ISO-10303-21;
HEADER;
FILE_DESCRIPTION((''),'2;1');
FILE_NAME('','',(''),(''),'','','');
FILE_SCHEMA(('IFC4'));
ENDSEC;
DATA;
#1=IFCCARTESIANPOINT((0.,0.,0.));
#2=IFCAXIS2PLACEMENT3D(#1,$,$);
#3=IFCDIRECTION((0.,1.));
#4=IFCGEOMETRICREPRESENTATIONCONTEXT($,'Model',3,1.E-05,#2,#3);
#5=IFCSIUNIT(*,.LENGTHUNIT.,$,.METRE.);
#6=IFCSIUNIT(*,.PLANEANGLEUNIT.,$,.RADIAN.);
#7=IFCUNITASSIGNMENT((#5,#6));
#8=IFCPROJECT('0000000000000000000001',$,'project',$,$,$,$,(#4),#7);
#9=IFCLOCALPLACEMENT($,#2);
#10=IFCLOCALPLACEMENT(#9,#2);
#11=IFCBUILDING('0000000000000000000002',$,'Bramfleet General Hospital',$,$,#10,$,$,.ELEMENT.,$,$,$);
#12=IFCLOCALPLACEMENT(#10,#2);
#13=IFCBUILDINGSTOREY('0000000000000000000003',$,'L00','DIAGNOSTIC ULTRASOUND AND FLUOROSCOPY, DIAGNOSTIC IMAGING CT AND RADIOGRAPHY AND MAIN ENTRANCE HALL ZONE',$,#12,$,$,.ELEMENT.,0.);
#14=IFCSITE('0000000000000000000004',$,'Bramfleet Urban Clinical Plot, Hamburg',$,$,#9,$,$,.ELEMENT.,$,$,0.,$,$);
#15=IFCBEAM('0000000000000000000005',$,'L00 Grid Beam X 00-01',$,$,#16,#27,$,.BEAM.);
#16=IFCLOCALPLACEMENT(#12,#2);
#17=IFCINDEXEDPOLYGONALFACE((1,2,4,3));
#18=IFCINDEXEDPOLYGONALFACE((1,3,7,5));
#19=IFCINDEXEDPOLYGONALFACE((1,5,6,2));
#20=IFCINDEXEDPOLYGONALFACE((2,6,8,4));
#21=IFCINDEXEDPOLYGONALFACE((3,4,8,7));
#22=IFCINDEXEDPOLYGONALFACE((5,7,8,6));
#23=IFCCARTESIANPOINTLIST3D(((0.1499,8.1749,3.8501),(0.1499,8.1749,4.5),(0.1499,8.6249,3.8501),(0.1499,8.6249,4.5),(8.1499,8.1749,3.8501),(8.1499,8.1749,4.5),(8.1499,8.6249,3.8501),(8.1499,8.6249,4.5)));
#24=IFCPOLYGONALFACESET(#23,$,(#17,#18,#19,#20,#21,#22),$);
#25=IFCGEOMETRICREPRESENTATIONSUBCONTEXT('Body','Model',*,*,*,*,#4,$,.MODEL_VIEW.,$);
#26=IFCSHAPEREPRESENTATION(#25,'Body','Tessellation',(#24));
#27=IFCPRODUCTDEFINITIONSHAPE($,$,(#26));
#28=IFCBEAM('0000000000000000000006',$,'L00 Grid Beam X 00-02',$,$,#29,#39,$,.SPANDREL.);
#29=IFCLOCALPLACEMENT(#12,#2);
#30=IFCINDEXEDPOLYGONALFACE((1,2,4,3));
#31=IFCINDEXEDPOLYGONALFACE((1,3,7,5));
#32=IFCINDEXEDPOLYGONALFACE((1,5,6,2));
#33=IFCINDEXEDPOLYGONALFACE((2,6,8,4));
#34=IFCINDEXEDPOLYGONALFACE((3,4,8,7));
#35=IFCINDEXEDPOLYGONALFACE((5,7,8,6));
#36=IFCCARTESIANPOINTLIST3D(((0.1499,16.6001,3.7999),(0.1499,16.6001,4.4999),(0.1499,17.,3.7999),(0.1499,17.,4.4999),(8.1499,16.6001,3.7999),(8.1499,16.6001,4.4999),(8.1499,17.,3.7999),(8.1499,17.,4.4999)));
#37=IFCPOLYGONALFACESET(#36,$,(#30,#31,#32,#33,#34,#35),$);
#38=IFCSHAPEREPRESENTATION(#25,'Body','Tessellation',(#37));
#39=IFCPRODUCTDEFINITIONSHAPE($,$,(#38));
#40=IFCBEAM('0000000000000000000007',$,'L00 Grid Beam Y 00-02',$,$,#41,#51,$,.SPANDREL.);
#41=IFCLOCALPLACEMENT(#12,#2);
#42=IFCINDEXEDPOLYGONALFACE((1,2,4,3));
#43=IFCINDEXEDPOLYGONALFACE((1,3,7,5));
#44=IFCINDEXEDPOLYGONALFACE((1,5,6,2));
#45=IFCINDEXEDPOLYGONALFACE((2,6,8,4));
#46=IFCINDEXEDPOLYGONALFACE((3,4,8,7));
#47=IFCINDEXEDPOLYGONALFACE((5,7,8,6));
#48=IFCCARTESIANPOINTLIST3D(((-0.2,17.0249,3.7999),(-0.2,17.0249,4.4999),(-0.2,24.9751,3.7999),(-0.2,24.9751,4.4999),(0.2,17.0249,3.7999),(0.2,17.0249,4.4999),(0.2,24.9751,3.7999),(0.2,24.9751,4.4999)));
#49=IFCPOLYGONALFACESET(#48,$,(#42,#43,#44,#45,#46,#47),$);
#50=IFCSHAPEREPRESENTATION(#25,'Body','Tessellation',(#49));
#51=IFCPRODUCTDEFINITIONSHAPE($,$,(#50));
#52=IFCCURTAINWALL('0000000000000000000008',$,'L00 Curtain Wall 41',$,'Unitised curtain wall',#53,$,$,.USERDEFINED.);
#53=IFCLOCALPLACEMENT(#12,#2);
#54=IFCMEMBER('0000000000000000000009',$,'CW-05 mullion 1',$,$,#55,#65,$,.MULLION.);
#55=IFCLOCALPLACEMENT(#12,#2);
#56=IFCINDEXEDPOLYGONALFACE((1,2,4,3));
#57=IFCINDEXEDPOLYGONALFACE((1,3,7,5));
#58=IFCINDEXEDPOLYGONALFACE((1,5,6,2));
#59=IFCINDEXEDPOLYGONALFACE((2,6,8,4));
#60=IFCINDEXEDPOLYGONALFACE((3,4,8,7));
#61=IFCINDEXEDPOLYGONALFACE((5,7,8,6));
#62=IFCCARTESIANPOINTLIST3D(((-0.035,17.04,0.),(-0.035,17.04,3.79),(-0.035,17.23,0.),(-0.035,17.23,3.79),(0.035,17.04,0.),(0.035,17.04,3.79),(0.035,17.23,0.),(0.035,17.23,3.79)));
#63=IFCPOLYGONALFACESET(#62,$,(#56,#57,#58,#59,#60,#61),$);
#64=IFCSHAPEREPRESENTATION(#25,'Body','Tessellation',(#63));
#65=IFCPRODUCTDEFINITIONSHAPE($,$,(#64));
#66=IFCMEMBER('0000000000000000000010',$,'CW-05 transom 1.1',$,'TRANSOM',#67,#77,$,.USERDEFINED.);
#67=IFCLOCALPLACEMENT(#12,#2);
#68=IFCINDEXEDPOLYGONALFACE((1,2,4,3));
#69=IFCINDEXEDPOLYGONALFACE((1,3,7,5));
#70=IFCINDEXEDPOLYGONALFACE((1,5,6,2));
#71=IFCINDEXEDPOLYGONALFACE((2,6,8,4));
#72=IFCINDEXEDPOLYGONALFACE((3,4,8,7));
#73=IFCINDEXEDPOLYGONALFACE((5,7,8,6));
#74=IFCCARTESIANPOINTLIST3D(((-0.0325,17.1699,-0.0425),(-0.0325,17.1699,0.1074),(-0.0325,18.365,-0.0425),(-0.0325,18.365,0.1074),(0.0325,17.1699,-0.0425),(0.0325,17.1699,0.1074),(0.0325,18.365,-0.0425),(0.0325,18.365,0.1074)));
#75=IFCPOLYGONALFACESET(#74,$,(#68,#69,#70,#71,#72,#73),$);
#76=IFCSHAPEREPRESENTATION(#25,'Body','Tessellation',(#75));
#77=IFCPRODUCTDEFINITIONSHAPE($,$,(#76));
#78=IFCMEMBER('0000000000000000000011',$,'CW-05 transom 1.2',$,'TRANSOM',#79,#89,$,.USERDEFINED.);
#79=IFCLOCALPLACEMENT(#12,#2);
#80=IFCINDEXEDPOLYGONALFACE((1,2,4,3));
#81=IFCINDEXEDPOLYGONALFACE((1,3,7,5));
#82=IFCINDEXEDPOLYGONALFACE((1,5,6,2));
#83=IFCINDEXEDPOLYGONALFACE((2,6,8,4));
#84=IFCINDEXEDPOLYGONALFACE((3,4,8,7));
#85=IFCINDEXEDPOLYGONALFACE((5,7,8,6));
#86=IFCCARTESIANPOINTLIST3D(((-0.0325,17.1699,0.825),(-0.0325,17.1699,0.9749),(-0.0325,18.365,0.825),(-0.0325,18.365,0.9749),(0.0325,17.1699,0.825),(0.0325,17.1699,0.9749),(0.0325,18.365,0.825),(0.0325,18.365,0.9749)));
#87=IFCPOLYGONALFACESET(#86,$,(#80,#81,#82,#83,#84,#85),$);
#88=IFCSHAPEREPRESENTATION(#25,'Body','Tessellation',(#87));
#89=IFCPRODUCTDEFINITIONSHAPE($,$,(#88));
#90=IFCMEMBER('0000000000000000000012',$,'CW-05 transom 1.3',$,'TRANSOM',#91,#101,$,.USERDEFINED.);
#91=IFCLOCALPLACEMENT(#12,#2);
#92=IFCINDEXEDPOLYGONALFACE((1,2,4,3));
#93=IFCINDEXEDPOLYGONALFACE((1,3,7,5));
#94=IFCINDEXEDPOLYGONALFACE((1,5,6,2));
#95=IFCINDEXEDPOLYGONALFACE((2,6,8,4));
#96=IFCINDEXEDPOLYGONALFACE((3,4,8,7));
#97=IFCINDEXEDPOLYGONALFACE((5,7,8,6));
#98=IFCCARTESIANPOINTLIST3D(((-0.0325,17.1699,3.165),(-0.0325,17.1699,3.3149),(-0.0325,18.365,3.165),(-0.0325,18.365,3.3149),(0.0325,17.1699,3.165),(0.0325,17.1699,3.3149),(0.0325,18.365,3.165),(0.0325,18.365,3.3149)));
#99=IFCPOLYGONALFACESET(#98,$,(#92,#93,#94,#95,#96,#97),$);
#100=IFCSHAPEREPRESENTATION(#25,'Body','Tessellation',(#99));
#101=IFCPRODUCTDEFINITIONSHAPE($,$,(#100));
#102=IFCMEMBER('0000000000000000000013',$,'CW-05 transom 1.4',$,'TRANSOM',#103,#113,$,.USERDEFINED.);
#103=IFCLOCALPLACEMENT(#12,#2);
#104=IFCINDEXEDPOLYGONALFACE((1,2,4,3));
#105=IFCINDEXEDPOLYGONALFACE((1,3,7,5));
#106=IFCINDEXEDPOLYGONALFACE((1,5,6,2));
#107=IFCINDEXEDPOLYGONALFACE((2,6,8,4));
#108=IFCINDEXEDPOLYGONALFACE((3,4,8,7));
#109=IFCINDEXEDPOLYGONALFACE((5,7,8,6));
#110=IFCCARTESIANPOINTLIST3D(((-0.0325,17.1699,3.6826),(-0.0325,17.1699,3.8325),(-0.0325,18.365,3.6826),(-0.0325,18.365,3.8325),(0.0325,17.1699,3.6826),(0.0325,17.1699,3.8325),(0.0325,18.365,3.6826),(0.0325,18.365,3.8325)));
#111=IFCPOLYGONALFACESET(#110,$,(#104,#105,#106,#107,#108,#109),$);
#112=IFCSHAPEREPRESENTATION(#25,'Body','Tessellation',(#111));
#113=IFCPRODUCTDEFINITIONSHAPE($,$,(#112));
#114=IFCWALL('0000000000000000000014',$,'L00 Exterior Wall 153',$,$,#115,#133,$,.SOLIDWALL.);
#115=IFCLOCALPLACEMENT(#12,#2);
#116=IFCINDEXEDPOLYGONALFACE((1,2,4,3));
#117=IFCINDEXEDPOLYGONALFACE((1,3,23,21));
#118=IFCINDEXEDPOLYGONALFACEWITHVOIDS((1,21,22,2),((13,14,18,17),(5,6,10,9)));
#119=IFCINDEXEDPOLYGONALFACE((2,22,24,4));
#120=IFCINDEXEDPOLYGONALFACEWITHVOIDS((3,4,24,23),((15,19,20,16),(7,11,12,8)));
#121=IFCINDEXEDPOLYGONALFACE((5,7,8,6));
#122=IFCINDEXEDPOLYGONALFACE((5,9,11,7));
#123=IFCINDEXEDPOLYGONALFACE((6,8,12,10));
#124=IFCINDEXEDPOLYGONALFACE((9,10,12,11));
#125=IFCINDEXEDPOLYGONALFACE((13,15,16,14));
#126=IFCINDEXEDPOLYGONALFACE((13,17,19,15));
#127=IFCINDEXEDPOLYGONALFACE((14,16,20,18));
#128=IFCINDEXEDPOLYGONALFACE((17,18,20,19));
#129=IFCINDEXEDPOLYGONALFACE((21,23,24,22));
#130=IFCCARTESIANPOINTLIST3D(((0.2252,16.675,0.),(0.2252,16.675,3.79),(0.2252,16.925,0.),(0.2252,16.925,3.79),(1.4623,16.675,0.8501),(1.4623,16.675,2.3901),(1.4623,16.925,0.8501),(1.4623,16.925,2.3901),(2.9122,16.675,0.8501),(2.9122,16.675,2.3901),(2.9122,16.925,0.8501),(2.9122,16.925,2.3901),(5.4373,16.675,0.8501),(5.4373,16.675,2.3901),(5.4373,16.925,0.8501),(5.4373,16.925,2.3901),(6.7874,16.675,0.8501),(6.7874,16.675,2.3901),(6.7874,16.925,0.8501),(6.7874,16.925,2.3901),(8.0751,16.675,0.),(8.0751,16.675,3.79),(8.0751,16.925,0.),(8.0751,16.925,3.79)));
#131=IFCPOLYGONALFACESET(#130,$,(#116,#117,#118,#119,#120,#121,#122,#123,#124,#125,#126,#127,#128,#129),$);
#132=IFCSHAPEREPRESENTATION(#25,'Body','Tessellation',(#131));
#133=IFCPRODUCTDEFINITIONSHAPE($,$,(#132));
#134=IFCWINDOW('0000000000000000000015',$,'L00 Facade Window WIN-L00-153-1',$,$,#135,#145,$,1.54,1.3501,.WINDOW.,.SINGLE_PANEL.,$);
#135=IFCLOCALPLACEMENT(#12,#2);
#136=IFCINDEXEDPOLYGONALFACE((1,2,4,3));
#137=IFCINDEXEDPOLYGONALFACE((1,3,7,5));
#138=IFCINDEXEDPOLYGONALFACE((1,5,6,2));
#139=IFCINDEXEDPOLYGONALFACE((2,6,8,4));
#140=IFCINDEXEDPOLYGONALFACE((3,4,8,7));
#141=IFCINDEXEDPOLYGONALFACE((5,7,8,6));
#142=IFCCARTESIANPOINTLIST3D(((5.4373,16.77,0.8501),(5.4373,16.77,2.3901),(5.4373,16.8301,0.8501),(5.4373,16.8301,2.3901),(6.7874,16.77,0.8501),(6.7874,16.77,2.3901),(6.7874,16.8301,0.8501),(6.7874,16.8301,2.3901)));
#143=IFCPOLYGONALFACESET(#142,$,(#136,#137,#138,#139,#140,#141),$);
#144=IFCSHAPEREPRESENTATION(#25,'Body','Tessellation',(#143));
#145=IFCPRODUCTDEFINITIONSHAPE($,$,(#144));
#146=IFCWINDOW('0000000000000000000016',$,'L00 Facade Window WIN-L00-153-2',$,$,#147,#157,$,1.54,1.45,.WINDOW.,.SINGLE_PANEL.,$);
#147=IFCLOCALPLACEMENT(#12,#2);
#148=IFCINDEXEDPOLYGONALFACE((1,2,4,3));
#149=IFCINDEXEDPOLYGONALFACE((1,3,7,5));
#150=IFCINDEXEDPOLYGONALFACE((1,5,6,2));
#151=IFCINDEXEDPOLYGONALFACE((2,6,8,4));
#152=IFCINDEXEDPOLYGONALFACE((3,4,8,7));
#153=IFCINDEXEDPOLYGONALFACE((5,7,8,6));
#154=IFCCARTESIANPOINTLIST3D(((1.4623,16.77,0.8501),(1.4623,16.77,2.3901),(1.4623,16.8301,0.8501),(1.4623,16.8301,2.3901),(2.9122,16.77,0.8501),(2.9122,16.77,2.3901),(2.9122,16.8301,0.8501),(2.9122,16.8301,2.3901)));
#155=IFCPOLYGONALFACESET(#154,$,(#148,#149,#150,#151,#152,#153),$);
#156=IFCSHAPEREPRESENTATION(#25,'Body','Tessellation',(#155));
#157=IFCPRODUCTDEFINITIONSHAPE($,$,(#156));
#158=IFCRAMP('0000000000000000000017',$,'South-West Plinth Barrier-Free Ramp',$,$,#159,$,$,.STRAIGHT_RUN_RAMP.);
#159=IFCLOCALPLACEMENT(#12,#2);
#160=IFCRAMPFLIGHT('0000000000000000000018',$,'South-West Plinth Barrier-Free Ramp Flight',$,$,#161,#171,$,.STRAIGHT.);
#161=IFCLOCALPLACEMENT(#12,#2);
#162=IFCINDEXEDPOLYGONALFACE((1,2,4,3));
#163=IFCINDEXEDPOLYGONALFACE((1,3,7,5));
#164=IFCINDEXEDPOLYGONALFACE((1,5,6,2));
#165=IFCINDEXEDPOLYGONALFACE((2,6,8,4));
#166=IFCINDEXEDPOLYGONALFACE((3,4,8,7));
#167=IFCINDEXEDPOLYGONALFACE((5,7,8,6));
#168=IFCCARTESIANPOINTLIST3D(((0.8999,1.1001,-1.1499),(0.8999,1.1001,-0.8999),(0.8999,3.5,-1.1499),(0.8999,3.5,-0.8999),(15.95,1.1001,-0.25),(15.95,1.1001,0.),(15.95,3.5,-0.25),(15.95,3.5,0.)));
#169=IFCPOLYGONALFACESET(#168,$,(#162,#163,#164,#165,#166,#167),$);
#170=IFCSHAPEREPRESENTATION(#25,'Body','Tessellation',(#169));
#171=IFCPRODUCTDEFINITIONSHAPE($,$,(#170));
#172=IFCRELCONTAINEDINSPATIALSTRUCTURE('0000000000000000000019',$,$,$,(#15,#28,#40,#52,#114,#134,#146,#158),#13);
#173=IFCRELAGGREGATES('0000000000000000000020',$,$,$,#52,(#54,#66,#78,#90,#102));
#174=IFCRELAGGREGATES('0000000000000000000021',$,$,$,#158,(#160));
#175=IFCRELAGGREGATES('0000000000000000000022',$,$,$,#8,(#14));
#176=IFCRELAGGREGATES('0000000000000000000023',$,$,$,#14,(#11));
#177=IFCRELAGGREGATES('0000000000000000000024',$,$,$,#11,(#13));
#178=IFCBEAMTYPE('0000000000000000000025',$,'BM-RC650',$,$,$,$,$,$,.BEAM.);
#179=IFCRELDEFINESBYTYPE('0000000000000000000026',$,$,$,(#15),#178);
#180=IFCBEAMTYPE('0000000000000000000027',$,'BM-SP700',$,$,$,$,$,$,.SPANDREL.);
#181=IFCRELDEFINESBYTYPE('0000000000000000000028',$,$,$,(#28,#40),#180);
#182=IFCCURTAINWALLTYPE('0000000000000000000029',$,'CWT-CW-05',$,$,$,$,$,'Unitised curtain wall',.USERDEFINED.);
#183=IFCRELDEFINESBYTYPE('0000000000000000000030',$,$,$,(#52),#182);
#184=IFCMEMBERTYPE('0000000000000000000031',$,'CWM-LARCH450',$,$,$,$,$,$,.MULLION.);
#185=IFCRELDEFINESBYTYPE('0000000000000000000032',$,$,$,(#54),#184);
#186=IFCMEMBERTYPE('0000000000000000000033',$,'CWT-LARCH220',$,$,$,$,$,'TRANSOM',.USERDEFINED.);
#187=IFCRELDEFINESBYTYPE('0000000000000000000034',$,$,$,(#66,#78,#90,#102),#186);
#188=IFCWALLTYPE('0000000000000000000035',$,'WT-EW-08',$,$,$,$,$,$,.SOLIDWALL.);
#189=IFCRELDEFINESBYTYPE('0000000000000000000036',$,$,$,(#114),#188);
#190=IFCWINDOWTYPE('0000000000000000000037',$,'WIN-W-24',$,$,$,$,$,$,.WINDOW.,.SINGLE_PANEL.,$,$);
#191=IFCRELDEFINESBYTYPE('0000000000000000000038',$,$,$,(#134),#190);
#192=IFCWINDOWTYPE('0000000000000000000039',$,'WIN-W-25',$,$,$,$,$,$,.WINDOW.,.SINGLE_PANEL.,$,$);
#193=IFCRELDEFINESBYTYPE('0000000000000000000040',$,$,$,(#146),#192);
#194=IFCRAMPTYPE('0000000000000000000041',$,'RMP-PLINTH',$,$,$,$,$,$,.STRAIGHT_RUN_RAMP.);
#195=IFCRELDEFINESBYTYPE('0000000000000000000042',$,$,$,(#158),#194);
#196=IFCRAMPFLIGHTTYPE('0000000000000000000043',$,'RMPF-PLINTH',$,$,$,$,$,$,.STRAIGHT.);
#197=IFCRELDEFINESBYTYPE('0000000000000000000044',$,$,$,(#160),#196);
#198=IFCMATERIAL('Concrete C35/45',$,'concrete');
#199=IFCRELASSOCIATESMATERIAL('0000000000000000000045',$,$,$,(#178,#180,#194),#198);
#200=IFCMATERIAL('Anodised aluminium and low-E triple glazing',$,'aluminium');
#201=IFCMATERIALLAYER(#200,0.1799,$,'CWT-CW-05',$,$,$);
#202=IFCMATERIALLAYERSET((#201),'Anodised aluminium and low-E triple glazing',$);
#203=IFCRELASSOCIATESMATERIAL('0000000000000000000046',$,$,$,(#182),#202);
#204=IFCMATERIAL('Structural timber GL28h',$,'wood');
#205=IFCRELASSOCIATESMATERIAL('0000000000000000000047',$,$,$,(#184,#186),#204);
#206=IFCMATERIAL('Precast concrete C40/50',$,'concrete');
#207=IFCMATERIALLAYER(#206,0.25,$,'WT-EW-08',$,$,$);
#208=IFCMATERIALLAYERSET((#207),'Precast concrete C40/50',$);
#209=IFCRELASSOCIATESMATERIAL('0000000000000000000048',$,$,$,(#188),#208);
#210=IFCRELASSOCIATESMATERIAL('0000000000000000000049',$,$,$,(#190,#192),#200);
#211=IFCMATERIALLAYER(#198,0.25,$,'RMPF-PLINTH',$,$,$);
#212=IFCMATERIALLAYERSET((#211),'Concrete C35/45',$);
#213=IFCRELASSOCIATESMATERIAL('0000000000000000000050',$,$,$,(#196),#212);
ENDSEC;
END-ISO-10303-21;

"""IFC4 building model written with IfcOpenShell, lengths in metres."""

from ifc_helpers import new_model, si_unit, direction, frame, frame_2d, origin, origin_2d, place, context, subcontext, project, spatial, polyline, rectangle, outline, extrude, material, layer, layer_set, material_profile, profile_set, type_object, element, fill, aggregate, save


model = new_model("IFC4")

# Units and contexts
model_context = context("Model", 3, precision=1e-05, world=origin(), true_north=direction((0.0, 1.0)))
body_context = subcontext(model_context, "Body", "Model", "MODEL_VIEW")
ifc_project = project(units=[si_unit("LENGTHUNIT", "METRE"), si_unit("PLANEANGLEUNIT", "RADIAN")], contexts=[model_context])

# Site, building, storey
site_placement = place(None, origin())
site = spatial("IfcSite", under=ifc_project, at=site_placement, Name="Bramfleet Urban Clinical Plot, Hamburg", CompositionType="ELEMENT", RefElevation=0.0)
building_placement = place(site_placement, origin())
building = spatial("IfcBuilding", under=site, at=building_placement, Name="Bramfleet General Hospital", CompositionType="ELEMENT")
storey_placement = place(building_placement, origin())
storey = spatial("IfcBuildingStorey", under=building, at=storey_placement, Name="L00", Description="DIAGNOSTIC ULTRASOUND AND FLUOROSCOPY, DIAGNOSTIC IMAGING CT AND RADIOGRAPHY AND MAIN ENTRANCE HALL ZONE", CompositionType="ELEMENT", Elevation=0.0)

# Beams
ifc_material_1 = material(Name="Concrete C35/45", Category="concrete")
ifc_material_profile_1 = material_profile(ifc_material_1, rectangle(XDim=0.45, YDim=0.6499, at=origin_2d()), Name="RC BM 650x450")
ifc_profile_set_1 = profile_set([ifc_material_profile_1], Name="Concrete C35/45")
beam_type_1 = type_object("IfcBeamType", Name="BM-RC650", PredefinedType="BEAM", material=ifc_profile_set_1)
beam_1_placement = place(storey_placement, frame((0.1499, 8.3999, 4.175), z_axis=(1.0, 0.0, 0.0), x_axis=(0.0, 1.0, 0.0)))
element("IfcBeam", 1, at=beam_1_placement, inside=storey, type_object=beam_type_1, Name="L00 Grid Beam X 00-01", PredefinedType="BEAM", context=body_context, shape_type="SweptSolid", body=[
    extrude(rectangle(XDim=0.45, YDim=0.6499, at=origin_2d()), origin(), (0.0, 0.0, 1.0), 8.0),
])
ifc_material_profile_2 = material_profile(ifc_material_1, rectangle(XDim=0.3999, YDim=0.7, at=origin_2d()), Name="RC SP 700x400")
ifc_profile_set_2 = profile_set([ifc_material_profile_2], Name="Concrete C35/45")
beam_type_2 = type_object("IfcBeamType", Name="BM-SP700", PredefinedType="SPANDREL", material=ifc_profile_set_2)
beam_2_placement = place(storey_placement, frame((0.1499, 16.8, 4.1499), z_axis=(1.0, 0.0, 0.0), x_axis=(0.0, 1.0, 0.0)))
element("IfcBeam", 2, at=beam_2_placement, inside=storey, type_object=beam_type_2, Name="L00 Grid Beam X 00-02", PredefinedType="SPANDREL", context=body_context, shape_type="SweptSolid", body=[
    extrude(rectangle(XDim=0.3999, YDim=0.7, at=origin_2d()), origin(), (0.0, 0.0, 1.0), 8.0),
])
beam_3_placement = place(storey_placement, frame((0.0, 17.0249, 4.1499), z_axis=(0.0, 1.0, 0.0), x_axis=(-1.0, 0.0, 0.0)))
element("IfcBeam", 3, at=beam_3_placement, inside=storey, type_object=beam_type_2, Name="L00 Grid Beam Y 00-02", PredefinedType="SPANDREL", context=body_context, shape_type="SweptSolid", body=[
    extrude(rectangle(XDim=0.3999, YDim=0.7, at=origin_2d()), origin(), (0.0, 0.0, 1.0), 7.9502),
])

# Curtain wall, members
ifc_material_2 = material(Name="Anodised aluminium and low-E triple glazing", Category="aluminium")
ifc_layer_1 = layer(ifc_material_2, 0.1799, Name="CWT-CW-05")
ifc_layer_set_1 = layer_set([ifc_layer_1], Name="Anodised aluminium and low-E triple glazing")
curtain_wall_type = type_object("IfcCurtainWallType", Name="CWT-CW-05", ElementType="Unitised curtain wall", PredefinedType="USERDEFINED", material=ifc_layer_set_1)
curtain_wall_placement = place(storey_placement, origin())
curtain_wall = element("IfcCurtainWall", 4, at=curtain_wall_placement, inside=storey, type_object=curtain_wall_type, Name="L00 Curtain Wall 41", ObjectType="Unitised curtain wall", PredefinedType="USERDEFINED")
ifc_material_3 = material(Name="Structural timber GL28h", Category="wood")
ifc_material_profile_3 = material_profile(ifc_material_3, rectangle(XDim=0.0701, YDim=0.1899, at=origin_2d()), Name="LARCH 190x70")
ifc_profile_set_3 = profile_set([ifc_material_profile_3], Name="Structural timber GL28h")
member_type_1 = type_object("IfcMemberType", Name="CWM-LARCH450", PredefinedType="MULLION", material=ifc_profile_set_3)
member_1_placement = place(storey_placement, frame((0.0, 17.135, 0.0), z_axis=(0.0, 0.0, 1.0), x_axis=(-1.0, 0.0, 0.0)))
member_1 = element("IfcMember", 5, at=member_1_placement, type_object=member_type_1, Name="CW-05 mullion 1", PredefinedType="MULLION", context=body_context, shape_type="SweptSolid", body=[
    extrude(rectangle(XDim=0.0701, YDim=0.1899, at=origin_2d()), origin(), (0.0, 0.0, 1.0), 3.79),
])
ifc_material_profile_4 = material_profile(ifc_material_3, rectangle(XDim=0.0649, YDim=0.1499, at=origin_2d()), Name="LARCH 150x65")
ifc_profile_set_4 = profile_set([ifc_material_profile_4], Name="Structural timber GL28h")
member_type_2 = type_object("IfcMemberType", Name="CWT-LARCH220", ElementType="TRANSOM", PredefinedType="USERDEFINED", material=ifc_profile_set_4)
member_2_placement = place(storey_placement, frame((0.0, 17.1699, 0.0325), z_axis=(0.0, 1.0, 0.0), x_axis=(-1.0, 0.0, 0.0)))
member_2 = element("IfcMember", 6, at=member_2_placement, type_object=member_type_2, Name="CW-05 transom 1.1", ObjectType="TRANSOM", PredefinedType="USERDEFINED", context=body_context, shape_type="SweptSolid", body=[
    extrude(rectangle(XDim=0.0649, YDim=0.1499, at=origin_2d()), origin(), (0.0, 0.0, 1.0), 1.1951),
])
member_3_placement = place(storey_placement, frame((0.0, 17.1699, 0.8999), z_axis=(0.0, 1.0, 0.0), x_axis=(-1.0, 0.0, 0.0)))
member_3 = element("IfcMember", 7, at=member_3_placement, type_object=member_type_2, Name="CW-05 transom 1.2", ObjectType="TRANSOM", PredefinedType="USERDEFINED", context=body_context, shape_type="SweptSolid", body=[
    extrude(rectangle(XDim=0.0649, YDim=0.1499, at=origin_2d()), origin(), (0.0, 0.0, 1.0), 1.1951),
])
member_4_placement = place(storey_placement, frame((0.0, 17.1699, 3.24), z_axis=(0.0, 1.0, 0.0), x_axis=(-1.0, 0.0, 0.0)))
member_4 = element("IfcMember", 8, at=member_4_placement, type_object=member_type_2, Name="CW-05 transom 1.3", ObjectType="TRANSOM", PredefinedType="USERDEFINED", context=body_context, shape_type="SweptSolid", body=[
    extrude(rectangle(XDim=0.0649, YDim=0.1499, at=origin_2d()), origin(), (0.0, 0.0, 1.0), 1.1951),
])
member_5_placement = place(storey_placement, frame((0.0, 17.1699, 3.7576), z_axis=(0.0, 1.0, 0.0), x_axis=(-1.0, 0.0, 0.0)))
member_5 = element("IfcMember", 9, at=member_5_placement, type_object=member_type_2, Name="CW-05 transom 1.4", ObjectType="TRANSOM", PredefinedType="USERDEFINED", context=body_context, shape_type="SweptSolid", body=[
    extrude(rectangle(XDim=0.0649, YDim=0.1499, at=origin_2d()), origin(), (0.0, 0.0, 1.0), 1.1951),
])
aggregate(curtain_wall, [member_1, member_2, member_3, member_4, member_5])

# Wall, openings, windows
ifc_material_4 = material(Name="Precast concrete C40/50", Category="concrete")
ifc_layer_2 = layer(ifc_material_4, 0.25, Name="WT-EW-08")
ifc_layer_set_2 = layer_set([ifc_layer_2], Name="Precast concrete C40/50")
wall_type = type_object("IfcWallType", Name="WT-EW-08", PredefinedType="SOLIDWALL", material=ifc_layer_set_2)
wall_placement = place(storey_placement, frame((8.075, 16.8, 0.0), z_axis=(0.0, 0.0, 1.0), x_axis=(-1.0, 0.0, 0.0)))
wall = element("IfcWall", 10, at=wall_placement, inside=storey, type_object=wall_type, Name="L00 Exterior Wall 153", PredefinedType="SOLIDWALL", context=body_context, shape_type="SweptSolid", body=[
    extrude(rectangle(XDim=7.8499, YDim=0.25, at=frame_2d((3.9248, 0.0))), origin(), (0.0, 0.0, 1.0), 3.79),
])
opening_1_placement = place(wall_placement, frame((1.2876, 0.0, 0.8501)))
opening_1 = element("IfcOpeningElement", 11, at=opening_1_placement, cuts=wall, PredefinedType="OPENING", context=body_context, shape_type="SweptSolid", body=[
    extrude(rectangle(XDim=1.3501, YDim=1.54, at=frame_2d((0.675, 0.77))), frame((0.0, 0.135, 0.0), z_axis=(0.0, -1.0, 0.0), x_axis=(1.0, 0.0, 0.0)), (0.0, 0.0, 1.0), 0.27),
])
opening_2_placement = place(wall_placement, frame((5.1626, 0.0, 0.8501)))
opening_2 = element("IfcOpeningElement", 12, at=opening_2_placement, cuts=wall, PredefinedType="OPENING", context=body_context, shape_type="SweptSolid", body=[
    extrude(rectangle(XDim=1.45, YDim=1.54, at=frame_2d((0.7251, 0.77))), frame((0.0, 0.135, 0.0), z_axis=(0.0, -1.0, 0.0), x_axis=(1.0, 0.0, 0.0)), (0.0, 0.0, 1.0), 0.27),
])
window_type_1 = type_object("IfcWindowType", Name="WIN-W-24", PartitioningType="SINGLE_PANEL", PredefinedType="WINDOW", material=ifc_material_2)
window_1_placement = place(opening_1_placement, origin())
window_1 = element("IfcWindow", 13, at=window_1_placement, inside=storey, type_object=window_type_1, Name="L00 Facade Window WIN-L00-153-1", OverallHeight=1.54, OverallWidth=1.3501, PartitioningType="SINGLE_PANEL", PredefinedType="WINDOW", context=body_context, shape_type="SweptSolid", body=[
    extrude(rectangle(XDim=1.3501, YDim=1.54, at=frame_2d((0.675, 0.77))), frame((0.0, 0.03, 0.0), z_axis=(0.0, -1.0, 0.0), x_axis=(1.0, 0.0, 0.0)), (0.0, 0.0, 1.0), 0.0601),
])
fill(opening_1, window_1)
window_type_2 = type_object("IfcWindowType", Name="WIN-W-25", PartitioningType="SINGLE_PANEL", PredefinedType="WINDOW", material=ifc_material_2)
window_2_placement = place(opening_2_placement, origin())
window_2 = element("IfcWindow", 14, at=window_2_placement, inside=storey, type_object=window_type_2, Name="L00 Facade Window WIN-L00-153-2", OverallHeight=1.54, OverallWidth=1.45, PartitioningType="SINGLE_PANEL", PredefinedType="WINDOW", context=body_context, shape_type="SweptSolid", body=[
    extrude(rectangle(XDim=1.45, YDim=1.54, at=frame_2d((0.7251, 0.77))), frame((0.0, 0.03, 0.0), z_axis=(0.0, -1.0, 0.0), x_axis=(1.0, 0.0, 0.0)), (0.0, 0.0, 1.0), 0.0601),
])
fill(opening_2, window_2)

# Ramp, ramp flight
ramp_type = type_object("IfcRampType", Name="RMP-PLINTH", PredefinedType="STRAIGHT_RUN_RAMP", material=ifc_material_1)
ramp_1_placement = place(storey_placement, origin())
ramp_1 = element("IfcRamp", 15, at=ramp_1_placement, inside=storey, type_object=ramp_type, Name="South-West Plinth Barrier-Free Ramp", PredefinedType="STRAIGHT_RUN_RAMP")
ifc_layer_3 = layer(ifc_material_1, 0.25, Name="RMPF-PLINTH")
ifc_layer_set_3 = layer_set([ifc_layer_3], Name="Concrete C35/45")
ramp_flight_type = type_object("IfcRampFlightType", Name="RMPF-PLINTH", PredefinedType="STRAIGHT", material=ifc_layer_set_3)
ramp_flight_1_placement = place(storey_placement, frame((0.8999, 2.3, -0.8999), z_axis=(0.0, 0.0, 1.0), x_axis=(1.0, 0.0, 0.0)))
ramp_flight_1 = element("IfcRampFlight", 16, at=ramp_flight_1_placement, type_object=ramp_flight_type, Name="South-West Plinth Barrier-Free Ramp Flight", PredefinedType="STRAIGHT", context=body_context, shape_type="SweptSolid", body=[
    extrude(outline(polyline([(0.0, 0.0), (0.0, -0.25), (15.05, 0.6499), (15.05, 0.8999), (0.0, 0.0)])), frame((0.0, 1.2, 0.0), z_axis=(0.0, -1.0, 0.0), x_axis=(1.0, 0.0, 0.0)), (0.0, 0.0, 1.0), 2.3999),
])
aggregate(ramp_1, [ramp_flight_1])

save(model, "model.ifc")
